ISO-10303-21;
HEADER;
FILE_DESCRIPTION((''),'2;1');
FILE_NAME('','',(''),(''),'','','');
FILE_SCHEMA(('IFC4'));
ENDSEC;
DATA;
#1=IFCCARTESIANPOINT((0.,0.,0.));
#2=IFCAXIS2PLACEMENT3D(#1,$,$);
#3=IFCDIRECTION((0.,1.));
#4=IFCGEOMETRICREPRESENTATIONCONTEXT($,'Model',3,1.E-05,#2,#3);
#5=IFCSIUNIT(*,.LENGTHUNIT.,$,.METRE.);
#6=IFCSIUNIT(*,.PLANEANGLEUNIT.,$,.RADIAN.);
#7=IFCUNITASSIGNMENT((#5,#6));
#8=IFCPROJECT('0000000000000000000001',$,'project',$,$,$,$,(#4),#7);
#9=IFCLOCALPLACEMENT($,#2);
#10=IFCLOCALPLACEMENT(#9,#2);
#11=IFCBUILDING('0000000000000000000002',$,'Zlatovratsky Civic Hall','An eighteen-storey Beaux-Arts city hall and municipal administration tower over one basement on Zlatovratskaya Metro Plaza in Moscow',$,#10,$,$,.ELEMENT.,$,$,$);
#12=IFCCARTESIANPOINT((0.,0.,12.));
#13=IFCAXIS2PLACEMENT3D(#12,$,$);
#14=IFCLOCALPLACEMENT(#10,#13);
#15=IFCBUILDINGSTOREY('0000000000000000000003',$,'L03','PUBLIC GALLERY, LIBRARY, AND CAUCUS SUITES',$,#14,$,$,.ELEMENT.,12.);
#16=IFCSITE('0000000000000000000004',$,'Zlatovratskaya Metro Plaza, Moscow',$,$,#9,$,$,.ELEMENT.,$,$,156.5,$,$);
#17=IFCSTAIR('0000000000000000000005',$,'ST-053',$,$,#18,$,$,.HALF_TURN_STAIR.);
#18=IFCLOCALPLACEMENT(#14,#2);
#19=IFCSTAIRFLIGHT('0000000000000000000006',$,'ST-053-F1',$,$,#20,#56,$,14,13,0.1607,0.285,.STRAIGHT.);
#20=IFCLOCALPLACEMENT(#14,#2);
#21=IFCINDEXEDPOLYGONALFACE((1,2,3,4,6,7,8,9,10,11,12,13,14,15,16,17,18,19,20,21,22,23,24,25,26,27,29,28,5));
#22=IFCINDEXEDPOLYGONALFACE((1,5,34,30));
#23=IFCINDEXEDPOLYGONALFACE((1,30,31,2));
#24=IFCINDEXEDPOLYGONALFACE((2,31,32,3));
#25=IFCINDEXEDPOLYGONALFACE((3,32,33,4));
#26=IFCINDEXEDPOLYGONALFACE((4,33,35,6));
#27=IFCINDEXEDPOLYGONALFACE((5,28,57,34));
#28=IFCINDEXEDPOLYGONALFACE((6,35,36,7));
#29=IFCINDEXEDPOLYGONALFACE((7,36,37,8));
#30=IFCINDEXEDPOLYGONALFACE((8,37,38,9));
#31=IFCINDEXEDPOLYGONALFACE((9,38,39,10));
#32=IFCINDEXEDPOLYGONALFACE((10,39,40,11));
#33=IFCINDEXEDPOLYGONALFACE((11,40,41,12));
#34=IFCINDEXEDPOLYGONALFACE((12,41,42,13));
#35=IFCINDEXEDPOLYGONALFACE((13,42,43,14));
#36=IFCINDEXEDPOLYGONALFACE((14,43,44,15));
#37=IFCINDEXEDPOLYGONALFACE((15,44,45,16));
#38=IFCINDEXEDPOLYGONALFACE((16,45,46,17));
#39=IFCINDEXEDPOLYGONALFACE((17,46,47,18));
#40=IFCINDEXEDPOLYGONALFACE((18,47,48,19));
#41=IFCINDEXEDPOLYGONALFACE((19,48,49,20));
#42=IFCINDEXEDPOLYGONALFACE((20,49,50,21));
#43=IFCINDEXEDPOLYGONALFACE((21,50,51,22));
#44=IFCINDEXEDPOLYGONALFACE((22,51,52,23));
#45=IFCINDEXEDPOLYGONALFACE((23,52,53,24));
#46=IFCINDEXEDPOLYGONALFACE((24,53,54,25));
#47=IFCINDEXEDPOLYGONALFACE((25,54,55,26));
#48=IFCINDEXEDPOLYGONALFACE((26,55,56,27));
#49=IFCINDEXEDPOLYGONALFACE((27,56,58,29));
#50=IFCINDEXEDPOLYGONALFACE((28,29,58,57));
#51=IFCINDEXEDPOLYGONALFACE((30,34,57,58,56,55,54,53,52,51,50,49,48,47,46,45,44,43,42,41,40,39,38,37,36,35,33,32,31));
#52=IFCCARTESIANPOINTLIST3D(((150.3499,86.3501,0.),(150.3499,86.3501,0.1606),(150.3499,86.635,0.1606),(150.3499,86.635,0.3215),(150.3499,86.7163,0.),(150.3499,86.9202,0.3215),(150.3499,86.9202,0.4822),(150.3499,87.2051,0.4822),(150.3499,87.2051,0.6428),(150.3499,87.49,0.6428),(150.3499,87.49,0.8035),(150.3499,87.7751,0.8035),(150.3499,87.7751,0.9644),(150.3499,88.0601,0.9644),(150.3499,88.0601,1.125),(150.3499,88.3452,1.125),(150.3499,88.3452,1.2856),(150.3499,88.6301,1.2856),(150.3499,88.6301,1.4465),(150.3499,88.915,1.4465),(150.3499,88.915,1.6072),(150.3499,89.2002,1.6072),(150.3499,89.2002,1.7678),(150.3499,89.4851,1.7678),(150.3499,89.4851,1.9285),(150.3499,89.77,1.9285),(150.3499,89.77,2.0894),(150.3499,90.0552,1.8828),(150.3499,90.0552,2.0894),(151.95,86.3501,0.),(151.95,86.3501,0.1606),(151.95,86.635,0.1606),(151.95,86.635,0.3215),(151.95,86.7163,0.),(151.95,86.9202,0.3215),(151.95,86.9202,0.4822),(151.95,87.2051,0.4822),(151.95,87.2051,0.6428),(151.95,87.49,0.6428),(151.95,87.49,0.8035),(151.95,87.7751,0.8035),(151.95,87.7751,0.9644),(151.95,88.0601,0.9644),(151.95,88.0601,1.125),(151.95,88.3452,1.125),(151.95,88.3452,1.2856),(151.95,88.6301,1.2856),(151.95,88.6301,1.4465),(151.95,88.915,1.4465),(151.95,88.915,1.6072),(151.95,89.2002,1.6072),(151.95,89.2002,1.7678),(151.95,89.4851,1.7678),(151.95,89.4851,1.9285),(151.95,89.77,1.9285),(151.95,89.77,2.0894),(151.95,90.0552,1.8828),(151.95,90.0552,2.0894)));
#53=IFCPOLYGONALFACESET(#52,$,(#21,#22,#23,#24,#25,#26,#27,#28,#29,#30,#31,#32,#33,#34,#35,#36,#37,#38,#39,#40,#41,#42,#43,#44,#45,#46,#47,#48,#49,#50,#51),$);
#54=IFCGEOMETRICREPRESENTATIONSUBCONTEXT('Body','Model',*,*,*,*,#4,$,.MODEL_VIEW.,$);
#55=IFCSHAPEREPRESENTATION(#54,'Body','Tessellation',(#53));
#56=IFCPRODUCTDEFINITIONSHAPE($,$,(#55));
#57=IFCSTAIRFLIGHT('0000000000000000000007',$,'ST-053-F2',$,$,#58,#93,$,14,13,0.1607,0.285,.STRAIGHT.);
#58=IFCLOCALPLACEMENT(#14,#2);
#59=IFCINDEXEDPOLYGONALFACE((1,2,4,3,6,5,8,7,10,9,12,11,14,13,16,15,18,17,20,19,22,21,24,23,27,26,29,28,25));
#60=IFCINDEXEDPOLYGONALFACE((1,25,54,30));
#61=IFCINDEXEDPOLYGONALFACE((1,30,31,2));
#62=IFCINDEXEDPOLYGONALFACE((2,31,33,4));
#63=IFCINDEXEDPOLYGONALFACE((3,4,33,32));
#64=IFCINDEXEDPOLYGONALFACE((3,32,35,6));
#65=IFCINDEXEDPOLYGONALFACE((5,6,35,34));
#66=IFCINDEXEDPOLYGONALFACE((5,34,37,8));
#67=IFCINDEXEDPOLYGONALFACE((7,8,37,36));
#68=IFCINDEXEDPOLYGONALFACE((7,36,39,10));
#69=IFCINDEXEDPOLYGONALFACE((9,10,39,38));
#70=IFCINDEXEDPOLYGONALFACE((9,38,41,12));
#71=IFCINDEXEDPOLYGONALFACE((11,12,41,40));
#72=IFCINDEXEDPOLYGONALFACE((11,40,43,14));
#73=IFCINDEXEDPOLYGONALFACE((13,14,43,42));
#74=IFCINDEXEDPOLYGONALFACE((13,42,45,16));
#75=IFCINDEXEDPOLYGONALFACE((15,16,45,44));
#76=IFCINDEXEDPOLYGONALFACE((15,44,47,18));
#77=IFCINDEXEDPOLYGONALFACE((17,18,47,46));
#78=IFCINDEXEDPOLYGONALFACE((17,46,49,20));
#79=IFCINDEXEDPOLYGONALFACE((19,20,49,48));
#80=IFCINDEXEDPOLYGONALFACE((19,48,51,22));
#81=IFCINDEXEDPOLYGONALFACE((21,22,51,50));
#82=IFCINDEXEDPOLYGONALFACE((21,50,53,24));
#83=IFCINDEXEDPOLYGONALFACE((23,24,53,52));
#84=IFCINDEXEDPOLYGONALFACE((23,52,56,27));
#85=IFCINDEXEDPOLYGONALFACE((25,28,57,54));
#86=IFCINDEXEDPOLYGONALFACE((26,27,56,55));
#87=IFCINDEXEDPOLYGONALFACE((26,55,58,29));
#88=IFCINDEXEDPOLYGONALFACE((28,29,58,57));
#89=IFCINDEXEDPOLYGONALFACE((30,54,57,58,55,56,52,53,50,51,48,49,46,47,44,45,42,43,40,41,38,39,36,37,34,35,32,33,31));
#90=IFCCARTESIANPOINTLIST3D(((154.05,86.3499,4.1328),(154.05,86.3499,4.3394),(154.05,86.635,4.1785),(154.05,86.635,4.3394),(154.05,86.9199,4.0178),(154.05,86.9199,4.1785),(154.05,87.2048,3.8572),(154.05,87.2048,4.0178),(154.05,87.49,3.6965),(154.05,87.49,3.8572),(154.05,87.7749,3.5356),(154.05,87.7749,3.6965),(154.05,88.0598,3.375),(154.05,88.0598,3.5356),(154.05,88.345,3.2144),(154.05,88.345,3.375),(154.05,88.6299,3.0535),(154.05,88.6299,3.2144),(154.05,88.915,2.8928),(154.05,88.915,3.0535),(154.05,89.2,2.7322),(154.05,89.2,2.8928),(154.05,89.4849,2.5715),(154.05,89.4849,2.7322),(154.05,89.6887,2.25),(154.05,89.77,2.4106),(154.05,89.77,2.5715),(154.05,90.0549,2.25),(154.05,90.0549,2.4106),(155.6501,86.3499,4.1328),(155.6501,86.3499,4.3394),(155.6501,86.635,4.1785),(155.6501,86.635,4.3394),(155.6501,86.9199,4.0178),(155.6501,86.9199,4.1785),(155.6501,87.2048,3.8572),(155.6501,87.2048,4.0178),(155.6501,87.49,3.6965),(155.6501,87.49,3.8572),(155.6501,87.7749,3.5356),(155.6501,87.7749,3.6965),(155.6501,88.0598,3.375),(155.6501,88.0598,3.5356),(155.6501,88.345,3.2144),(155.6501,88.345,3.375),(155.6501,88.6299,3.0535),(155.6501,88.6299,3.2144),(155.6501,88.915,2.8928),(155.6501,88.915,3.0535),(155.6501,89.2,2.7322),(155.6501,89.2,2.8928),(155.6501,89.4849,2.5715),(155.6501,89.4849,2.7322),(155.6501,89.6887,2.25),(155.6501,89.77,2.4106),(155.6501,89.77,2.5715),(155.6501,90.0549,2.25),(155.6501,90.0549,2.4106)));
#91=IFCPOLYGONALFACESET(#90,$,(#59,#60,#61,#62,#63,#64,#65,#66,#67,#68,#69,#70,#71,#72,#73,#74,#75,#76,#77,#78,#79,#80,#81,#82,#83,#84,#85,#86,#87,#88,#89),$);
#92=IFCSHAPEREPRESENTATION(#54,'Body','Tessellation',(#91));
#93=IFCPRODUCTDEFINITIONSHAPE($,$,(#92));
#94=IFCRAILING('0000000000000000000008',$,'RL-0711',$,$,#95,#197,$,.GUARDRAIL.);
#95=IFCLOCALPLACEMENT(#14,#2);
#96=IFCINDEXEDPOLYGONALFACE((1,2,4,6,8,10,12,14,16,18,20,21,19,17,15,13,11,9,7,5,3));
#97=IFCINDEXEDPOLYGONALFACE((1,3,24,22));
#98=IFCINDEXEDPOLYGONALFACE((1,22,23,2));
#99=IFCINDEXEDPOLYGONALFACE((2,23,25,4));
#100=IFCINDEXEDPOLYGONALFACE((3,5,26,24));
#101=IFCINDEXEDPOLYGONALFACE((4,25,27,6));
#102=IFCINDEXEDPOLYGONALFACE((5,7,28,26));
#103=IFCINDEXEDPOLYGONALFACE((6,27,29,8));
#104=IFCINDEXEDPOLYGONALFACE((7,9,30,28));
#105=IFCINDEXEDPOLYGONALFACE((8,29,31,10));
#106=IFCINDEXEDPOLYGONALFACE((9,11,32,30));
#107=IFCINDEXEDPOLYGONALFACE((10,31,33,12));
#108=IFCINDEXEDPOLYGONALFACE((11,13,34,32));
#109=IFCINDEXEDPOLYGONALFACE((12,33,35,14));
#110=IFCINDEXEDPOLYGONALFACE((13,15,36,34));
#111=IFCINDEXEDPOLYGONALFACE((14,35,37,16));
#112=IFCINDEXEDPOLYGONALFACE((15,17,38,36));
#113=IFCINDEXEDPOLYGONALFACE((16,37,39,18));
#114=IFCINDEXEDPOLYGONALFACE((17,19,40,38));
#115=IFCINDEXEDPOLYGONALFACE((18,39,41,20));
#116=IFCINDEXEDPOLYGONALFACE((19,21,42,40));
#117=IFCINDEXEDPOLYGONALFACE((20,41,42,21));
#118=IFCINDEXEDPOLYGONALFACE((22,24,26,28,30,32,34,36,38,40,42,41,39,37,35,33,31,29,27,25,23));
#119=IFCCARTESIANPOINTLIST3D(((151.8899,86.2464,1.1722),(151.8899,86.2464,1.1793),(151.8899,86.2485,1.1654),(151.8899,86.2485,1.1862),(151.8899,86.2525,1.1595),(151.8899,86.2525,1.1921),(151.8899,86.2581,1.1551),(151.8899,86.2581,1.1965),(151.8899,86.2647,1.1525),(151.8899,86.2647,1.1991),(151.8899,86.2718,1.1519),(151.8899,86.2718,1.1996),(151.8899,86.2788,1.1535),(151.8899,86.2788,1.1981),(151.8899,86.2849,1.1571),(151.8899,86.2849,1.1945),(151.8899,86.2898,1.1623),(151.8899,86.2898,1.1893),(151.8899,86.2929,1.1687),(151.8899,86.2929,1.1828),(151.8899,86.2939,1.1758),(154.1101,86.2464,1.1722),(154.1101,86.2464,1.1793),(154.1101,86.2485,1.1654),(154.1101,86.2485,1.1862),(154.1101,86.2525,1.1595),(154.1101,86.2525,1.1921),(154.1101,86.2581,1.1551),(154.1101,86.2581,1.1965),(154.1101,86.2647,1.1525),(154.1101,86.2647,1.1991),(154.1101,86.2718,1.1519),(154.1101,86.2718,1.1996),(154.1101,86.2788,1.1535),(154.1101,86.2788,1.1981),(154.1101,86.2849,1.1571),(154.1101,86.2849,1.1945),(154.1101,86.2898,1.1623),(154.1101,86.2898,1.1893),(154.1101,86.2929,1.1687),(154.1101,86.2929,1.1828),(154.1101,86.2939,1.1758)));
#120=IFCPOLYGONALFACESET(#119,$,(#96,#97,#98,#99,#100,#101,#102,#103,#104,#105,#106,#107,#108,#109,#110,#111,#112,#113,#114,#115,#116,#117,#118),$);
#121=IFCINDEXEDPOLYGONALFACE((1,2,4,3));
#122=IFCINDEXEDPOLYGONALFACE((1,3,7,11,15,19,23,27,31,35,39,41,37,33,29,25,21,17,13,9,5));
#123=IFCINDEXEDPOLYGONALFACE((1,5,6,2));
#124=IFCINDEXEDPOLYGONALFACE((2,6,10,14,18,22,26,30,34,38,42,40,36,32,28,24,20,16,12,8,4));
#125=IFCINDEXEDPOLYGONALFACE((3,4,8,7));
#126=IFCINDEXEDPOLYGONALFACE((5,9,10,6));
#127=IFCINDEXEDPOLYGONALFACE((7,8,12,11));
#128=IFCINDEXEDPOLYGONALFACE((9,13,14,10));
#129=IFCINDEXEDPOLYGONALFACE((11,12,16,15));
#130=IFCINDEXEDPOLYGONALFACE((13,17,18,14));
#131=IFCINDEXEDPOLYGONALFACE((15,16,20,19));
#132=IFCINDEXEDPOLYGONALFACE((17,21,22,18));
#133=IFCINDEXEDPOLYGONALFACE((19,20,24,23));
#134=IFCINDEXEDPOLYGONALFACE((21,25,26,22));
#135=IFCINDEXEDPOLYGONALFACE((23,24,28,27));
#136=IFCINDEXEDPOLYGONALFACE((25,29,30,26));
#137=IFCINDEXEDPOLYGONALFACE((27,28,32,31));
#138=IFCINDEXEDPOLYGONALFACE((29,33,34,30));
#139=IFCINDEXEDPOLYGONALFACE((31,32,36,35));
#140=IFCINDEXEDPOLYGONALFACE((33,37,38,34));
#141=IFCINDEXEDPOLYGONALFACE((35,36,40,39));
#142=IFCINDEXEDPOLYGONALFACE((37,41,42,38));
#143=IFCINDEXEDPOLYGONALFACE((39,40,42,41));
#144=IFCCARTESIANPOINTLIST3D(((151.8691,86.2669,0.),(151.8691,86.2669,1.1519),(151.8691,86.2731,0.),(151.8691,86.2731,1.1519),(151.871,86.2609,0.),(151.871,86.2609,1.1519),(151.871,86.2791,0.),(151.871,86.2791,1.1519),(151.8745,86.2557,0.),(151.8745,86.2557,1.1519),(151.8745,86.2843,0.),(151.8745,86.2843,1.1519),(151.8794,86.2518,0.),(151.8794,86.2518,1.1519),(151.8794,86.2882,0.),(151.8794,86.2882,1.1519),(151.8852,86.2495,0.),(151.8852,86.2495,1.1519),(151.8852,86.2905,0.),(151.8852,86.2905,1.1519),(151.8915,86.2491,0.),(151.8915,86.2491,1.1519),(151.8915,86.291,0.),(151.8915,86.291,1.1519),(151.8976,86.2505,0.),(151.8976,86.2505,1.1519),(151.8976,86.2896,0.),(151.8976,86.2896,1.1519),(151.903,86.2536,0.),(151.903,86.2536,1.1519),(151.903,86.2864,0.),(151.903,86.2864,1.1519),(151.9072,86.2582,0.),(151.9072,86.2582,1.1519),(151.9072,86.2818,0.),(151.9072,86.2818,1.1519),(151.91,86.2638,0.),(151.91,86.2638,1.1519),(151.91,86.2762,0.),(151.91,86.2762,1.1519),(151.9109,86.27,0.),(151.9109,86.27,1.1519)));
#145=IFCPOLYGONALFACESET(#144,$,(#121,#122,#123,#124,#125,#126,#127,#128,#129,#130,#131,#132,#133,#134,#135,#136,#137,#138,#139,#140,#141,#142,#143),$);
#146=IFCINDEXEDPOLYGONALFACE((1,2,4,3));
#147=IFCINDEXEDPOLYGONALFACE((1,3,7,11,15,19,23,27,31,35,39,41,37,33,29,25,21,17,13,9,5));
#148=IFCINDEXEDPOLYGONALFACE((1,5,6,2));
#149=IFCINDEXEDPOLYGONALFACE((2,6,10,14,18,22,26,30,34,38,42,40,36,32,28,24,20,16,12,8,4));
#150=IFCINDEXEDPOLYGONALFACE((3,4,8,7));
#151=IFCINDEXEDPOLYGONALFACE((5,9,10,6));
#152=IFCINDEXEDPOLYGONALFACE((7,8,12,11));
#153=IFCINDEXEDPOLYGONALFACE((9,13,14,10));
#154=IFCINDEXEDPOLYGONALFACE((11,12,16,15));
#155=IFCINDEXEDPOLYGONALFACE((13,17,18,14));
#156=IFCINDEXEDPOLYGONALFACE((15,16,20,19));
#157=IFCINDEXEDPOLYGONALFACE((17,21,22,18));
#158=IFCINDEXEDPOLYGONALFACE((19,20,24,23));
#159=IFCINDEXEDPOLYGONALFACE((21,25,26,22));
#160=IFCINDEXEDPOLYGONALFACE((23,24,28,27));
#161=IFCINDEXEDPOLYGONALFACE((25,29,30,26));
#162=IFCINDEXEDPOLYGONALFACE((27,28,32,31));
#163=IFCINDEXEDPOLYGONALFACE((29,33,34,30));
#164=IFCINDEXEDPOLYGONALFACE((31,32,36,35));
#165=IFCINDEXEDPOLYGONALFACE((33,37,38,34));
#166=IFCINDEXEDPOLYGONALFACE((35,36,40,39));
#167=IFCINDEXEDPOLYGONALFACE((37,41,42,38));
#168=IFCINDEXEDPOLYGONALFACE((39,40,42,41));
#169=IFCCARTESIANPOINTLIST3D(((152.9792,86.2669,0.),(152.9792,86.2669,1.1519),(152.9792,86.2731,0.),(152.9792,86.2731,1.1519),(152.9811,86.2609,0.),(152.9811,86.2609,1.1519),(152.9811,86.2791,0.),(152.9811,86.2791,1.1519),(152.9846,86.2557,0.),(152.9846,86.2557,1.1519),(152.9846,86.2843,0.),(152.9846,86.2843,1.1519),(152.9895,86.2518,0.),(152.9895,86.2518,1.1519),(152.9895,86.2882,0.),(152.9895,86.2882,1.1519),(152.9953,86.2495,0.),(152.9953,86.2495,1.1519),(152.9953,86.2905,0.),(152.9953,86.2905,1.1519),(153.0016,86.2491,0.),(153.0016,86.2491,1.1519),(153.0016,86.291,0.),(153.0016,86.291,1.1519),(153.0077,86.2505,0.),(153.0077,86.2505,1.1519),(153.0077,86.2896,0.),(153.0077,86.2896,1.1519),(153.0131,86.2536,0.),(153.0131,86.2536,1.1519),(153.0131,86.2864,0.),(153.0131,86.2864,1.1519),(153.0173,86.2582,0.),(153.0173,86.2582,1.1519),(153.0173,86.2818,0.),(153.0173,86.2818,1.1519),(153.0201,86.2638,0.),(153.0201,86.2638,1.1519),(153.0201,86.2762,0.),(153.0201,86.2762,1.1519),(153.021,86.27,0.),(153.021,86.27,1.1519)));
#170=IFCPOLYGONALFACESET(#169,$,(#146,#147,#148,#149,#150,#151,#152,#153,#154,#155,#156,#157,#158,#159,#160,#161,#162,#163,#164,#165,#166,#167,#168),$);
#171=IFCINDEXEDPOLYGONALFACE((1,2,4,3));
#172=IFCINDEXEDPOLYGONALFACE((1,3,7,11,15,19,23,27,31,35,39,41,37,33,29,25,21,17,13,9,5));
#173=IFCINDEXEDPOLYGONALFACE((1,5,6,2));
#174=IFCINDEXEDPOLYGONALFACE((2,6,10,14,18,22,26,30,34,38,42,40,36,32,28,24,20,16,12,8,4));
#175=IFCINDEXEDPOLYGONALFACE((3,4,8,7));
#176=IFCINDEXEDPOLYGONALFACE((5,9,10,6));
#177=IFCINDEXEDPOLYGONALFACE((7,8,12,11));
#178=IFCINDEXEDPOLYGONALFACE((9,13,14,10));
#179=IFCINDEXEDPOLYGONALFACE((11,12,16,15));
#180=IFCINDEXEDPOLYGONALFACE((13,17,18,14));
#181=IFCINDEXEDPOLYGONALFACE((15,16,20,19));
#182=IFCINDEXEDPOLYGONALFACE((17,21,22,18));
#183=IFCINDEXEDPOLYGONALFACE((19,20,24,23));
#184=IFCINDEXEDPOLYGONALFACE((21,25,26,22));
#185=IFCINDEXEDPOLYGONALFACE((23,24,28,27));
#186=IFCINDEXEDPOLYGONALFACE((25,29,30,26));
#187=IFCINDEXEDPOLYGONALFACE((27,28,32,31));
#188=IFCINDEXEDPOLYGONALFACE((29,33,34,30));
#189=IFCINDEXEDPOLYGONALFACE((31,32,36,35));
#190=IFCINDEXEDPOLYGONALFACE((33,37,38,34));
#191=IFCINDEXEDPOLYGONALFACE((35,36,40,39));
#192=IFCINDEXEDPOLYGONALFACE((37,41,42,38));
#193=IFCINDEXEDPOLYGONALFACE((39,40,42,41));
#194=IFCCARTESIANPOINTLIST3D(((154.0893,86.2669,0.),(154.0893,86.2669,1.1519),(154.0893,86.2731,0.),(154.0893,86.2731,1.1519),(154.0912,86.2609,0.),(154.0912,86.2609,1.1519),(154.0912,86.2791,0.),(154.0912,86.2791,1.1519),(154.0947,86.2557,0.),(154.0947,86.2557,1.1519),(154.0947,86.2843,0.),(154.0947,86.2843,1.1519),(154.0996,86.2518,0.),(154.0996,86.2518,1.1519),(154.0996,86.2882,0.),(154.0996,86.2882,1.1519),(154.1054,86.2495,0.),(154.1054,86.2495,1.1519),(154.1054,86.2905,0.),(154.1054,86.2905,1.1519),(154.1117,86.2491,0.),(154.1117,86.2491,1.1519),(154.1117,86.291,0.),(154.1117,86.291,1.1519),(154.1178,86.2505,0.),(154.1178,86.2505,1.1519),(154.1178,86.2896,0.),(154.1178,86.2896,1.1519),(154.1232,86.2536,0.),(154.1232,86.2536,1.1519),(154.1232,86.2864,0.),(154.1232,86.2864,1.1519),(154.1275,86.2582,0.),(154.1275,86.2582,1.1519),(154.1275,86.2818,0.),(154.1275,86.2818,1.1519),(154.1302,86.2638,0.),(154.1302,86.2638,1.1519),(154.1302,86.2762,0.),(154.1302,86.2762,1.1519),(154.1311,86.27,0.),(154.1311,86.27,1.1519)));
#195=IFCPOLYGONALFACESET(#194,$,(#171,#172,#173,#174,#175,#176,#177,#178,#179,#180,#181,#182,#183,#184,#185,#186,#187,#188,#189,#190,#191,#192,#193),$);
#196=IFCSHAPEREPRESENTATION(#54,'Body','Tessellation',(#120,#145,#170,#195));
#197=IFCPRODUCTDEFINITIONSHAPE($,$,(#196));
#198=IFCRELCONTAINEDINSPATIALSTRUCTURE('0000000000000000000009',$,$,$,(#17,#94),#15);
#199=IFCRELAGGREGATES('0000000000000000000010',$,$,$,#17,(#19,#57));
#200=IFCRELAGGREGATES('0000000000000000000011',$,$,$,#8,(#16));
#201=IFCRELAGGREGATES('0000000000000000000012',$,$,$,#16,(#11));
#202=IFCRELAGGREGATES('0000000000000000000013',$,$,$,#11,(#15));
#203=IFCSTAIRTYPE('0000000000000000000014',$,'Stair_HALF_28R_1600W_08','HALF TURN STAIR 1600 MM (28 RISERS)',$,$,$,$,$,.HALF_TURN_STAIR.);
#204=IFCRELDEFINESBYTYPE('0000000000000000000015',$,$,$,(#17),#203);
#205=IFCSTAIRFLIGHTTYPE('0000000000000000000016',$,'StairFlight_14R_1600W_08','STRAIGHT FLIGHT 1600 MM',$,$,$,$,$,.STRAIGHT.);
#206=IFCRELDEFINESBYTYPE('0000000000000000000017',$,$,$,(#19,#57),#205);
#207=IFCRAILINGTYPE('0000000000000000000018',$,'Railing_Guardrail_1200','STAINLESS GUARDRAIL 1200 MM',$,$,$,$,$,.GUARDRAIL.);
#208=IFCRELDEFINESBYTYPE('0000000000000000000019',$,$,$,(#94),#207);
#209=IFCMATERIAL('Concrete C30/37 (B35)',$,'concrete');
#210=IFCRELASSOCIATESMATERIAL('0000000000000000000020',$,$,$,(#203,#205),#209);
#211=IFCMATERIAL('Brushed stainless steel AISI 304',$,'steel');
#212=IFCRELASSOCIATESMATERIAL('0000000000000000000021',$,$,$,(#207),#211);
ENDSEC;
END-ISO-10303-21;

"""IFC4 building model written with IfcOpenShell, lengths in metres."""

from ifc_helpers import new_model, si_unit, direction, frame, origin, origin_2d, place, context, subcontext, project, spatial, polyline, circle, outline, extrude, material, type_object, element, aggregate, save


model = new_model("IFC4")

# Units and contexts
model_context = context("Model", 3, precision=1e-05, world=origin(), true_north=direction((0.0, 1.0)))
body_context = subcontext(model_context, "Body", "Model", "MODEL_VIEW")
ifc_project = project(units=[si_unit("LENGTHUNIT", "METRE"), si_unit("PLANEANGLEUNIT", "RADIAN")], contexts=[model_context])

# Site, building, storey
site_placement = place(None, origin())
site = spatial("IfcSite", under=ifc_project, at=site_placement, Name="Zlatovratskaya Metro Plaza, Moscow", CompositionType="ELEMENT", RefElevation=156.5)
building_placement = place(site_placement, origin())
building = spatial("IfcBuilding", under=site, at=building_placement, Name="Zlatovratsky Civic Hall", Description="An eighteen-storey Beaux-Arts city hall and municipal administration tower over one basement on Zlatovratskaya Metro Plaza in Moscow", CompositionType="ELEMENT")
storey_placement = place(building_placement, frame((0.0, 0.0, 12.0)))
storey = spatial("IfcBuildingStorey", under=building, at=storey_placement, Name="L03", Description="PUBLIC GALLERY, LIBRARY, AND CAUCUS SUITES", CompositionType="ELEMENT", Elevation=12.0)

# Stair, stair flights
ifc_material_1 = material(Name="Concrete C30/37 (B35)", Category="concrete")
stair_type = type_object("IfcStairType", Name="Stair_HALF_28R_1600W_08", Description="HALF TURN STAIR 1600 MM (28 RISERS)", PredefinedType="HALF_TURN_STAIR", material=ifc_material_1)
stair_placement = place(storey_placement, origin())
stair = element("IfcStair", 1, at=stair_placement, inside=storey, type_object=stair_type, Name="ST-053", PredefinedType="HALF_TURN_STAIR")
stair_flight_type = type_object("IfcStairFlightType", Name="StairFlight_14R_1600W_08", Description="STRAIGHT FLIGHT 1600 MM", PredefinedType="STRAIGHT", material=ifc_material_1)
stair_flight_1_placement = place(storey_placement, frame((151.1499, 86.3501, 0.0), z_axis=(0.0, 0.0, 1.0), x_axis=(0.0, 1.0, 0.0)))
stair_flight_1 = element("IfcStairFlight", 2, at=stair_flight_1_placement, type_object=stair_flight_type, Name="ST-053-F1", NumberOfRisers=14, NumberOfTreads=13, PredefinedType="STRAIGHT", RiserHeight=0.1607, TreadLength=0.285, context=body_context, shape_type="SweptSolid", body=[
    extrude(outline(polyline([(0.0, 0.0), (0.0, 0.1606), (0.2849, 0.1606), (0.2849, 0.3215), (0.5701, 0.3215), (0.5701, 0.4822), (0.855, 0.4822), (0.855, 0.6428), (1.1399, 0.6428), (1.1399, 0.8035), (1.425, 0.8035), (1.425, 0.9644), (1.71, 0.9644), (1.71, 1.125), (1.9951, 1.125), (1.9951, 1.2856), (2.28, 1.2856), (2.28, 1.4465), (2.5649, 1.4465), (2.5649, 1.6072), (2.8501, 1.6072), (2.8501, 1.7678), (3.135, 1.7678), (3.135, 1.9285), (3.4199, 1.9285), (3.4199, 2.0894), (3.7051, 2.0894), (3.7051, 2.25), (3.7051, 1.8828), (0.3662, 0.0), (0.0, 0.0)])), frame((0.0, 0.8, 0.0), z_axis=(0.0, -1.0, 0.0), x_axis=(1.0, 0.0, 0.0)), (0.0, 0.0, 1.0), 1.6001),
])
stair_flight_2_placement = place(storey_placement, frame((154.8501, 90.0549, 2.25), z_axis=(0.0, 0.0, 1.0), x_axis=(0.0, -1.0, 0.0)))
stair_flight_2 = element("IfcStairFlight", 3, at=stair_flight_2_placement, type_object=stair_flight_type, Name="ST-053-F2", NumberOfRisers=14, NumberOfTreads=13, PredefinedType="STRAIGHT", RiserHeight=0.1607, TreadLength=0.285, context=body_context, shape_type="SweptSolid", body=[
    extrude(outline(polyline([(0.0, 0.0), (0.0, 0.1606), (0.2849, 0.1606), (0.2849, 0.3215), (0.5701, 0.3215), (0.5701, 0.4822), (0.855, 0.4822), (0.855, 0.6428), (1.1399, 0.6428), (1.1399, 0.8035), (1.425, 0.8035), (1.425, 0.9644), (1.71, 0.9644), (1.71, 1.125), (1.9951, 1.125), (1.9951, 1.2856), (2.28, 1.2856), (2.28, 1.4465), (2.5649, 1.4465), (2.5649, 1.6072), (2.8501, 1.6072), (2.8501, 1.7678), (3.135, 1.7678), (3.135, 1.9285), (3.4199, 1.9285), (3.4199, 2.0894), (3.7051, 2.0894), (3.7051, 2.25), (3.7051, 1.8828), (0.3662, 0.0), (0.0, 0.0)])), frame((0.0, 0.8, 0.0), z_axis=(0.0, -1.0, 0.0), x_axis=(1.0, 0.0, 0.0)), (0.0, 0.0, 1.0), 1.6001),
])
aggregate(stair, [stair_flight_1, stair_flight_2])

# Railing
ifc_material_2 = material(Name="Brushed stainless steel AISI 304", Category="steel")
railing_type_1 = type_object("IfcRailingType", Name="Railing_Guardrail_1200", Description="STAINLESS GUARDRAIL 1200 MM", PredefinedType="GUARDRAIL", material=ifc_material_2)
railing_1_placement = place(storey_placement, frame((151.8899, 86.27, 0.0)))
element("IfcRailing", 4, at=railing_1_placement, inside=storey, type_object=railing_type_1, Name="RL-0711", PredefinedType="GUARDRAIL", context=body_context, shape_type="SweptSolid", body=[
    extrude(circle(Radius=0.0239, at=origin_2d()), frame((0.0, 0.0, 1.1758), z_axis=(1.0, 0.0, 0.0), x_axis=(0.0, 1.0, 0.0)), (0.0, 0.0, 1.0), 2.2202),
    extrude(circle(Radius=0.021, at=origin_2d()), origin(), (0.0, 0.0, 1.0), 1.1519),
    extrude(circle(Radius=0.021, at=origin_2d()), frame((1.1101, 0.0, 0.0)), (0.0, 0.0, 1.0), 1.1519),
    extrude(circle(Radius=0.021, at=origin_2d()), frame((2.2202, 0.0, 0.0)), (0.0, 0.0, 1.0), 1.1519),
])

save(model, "model.ifc")
